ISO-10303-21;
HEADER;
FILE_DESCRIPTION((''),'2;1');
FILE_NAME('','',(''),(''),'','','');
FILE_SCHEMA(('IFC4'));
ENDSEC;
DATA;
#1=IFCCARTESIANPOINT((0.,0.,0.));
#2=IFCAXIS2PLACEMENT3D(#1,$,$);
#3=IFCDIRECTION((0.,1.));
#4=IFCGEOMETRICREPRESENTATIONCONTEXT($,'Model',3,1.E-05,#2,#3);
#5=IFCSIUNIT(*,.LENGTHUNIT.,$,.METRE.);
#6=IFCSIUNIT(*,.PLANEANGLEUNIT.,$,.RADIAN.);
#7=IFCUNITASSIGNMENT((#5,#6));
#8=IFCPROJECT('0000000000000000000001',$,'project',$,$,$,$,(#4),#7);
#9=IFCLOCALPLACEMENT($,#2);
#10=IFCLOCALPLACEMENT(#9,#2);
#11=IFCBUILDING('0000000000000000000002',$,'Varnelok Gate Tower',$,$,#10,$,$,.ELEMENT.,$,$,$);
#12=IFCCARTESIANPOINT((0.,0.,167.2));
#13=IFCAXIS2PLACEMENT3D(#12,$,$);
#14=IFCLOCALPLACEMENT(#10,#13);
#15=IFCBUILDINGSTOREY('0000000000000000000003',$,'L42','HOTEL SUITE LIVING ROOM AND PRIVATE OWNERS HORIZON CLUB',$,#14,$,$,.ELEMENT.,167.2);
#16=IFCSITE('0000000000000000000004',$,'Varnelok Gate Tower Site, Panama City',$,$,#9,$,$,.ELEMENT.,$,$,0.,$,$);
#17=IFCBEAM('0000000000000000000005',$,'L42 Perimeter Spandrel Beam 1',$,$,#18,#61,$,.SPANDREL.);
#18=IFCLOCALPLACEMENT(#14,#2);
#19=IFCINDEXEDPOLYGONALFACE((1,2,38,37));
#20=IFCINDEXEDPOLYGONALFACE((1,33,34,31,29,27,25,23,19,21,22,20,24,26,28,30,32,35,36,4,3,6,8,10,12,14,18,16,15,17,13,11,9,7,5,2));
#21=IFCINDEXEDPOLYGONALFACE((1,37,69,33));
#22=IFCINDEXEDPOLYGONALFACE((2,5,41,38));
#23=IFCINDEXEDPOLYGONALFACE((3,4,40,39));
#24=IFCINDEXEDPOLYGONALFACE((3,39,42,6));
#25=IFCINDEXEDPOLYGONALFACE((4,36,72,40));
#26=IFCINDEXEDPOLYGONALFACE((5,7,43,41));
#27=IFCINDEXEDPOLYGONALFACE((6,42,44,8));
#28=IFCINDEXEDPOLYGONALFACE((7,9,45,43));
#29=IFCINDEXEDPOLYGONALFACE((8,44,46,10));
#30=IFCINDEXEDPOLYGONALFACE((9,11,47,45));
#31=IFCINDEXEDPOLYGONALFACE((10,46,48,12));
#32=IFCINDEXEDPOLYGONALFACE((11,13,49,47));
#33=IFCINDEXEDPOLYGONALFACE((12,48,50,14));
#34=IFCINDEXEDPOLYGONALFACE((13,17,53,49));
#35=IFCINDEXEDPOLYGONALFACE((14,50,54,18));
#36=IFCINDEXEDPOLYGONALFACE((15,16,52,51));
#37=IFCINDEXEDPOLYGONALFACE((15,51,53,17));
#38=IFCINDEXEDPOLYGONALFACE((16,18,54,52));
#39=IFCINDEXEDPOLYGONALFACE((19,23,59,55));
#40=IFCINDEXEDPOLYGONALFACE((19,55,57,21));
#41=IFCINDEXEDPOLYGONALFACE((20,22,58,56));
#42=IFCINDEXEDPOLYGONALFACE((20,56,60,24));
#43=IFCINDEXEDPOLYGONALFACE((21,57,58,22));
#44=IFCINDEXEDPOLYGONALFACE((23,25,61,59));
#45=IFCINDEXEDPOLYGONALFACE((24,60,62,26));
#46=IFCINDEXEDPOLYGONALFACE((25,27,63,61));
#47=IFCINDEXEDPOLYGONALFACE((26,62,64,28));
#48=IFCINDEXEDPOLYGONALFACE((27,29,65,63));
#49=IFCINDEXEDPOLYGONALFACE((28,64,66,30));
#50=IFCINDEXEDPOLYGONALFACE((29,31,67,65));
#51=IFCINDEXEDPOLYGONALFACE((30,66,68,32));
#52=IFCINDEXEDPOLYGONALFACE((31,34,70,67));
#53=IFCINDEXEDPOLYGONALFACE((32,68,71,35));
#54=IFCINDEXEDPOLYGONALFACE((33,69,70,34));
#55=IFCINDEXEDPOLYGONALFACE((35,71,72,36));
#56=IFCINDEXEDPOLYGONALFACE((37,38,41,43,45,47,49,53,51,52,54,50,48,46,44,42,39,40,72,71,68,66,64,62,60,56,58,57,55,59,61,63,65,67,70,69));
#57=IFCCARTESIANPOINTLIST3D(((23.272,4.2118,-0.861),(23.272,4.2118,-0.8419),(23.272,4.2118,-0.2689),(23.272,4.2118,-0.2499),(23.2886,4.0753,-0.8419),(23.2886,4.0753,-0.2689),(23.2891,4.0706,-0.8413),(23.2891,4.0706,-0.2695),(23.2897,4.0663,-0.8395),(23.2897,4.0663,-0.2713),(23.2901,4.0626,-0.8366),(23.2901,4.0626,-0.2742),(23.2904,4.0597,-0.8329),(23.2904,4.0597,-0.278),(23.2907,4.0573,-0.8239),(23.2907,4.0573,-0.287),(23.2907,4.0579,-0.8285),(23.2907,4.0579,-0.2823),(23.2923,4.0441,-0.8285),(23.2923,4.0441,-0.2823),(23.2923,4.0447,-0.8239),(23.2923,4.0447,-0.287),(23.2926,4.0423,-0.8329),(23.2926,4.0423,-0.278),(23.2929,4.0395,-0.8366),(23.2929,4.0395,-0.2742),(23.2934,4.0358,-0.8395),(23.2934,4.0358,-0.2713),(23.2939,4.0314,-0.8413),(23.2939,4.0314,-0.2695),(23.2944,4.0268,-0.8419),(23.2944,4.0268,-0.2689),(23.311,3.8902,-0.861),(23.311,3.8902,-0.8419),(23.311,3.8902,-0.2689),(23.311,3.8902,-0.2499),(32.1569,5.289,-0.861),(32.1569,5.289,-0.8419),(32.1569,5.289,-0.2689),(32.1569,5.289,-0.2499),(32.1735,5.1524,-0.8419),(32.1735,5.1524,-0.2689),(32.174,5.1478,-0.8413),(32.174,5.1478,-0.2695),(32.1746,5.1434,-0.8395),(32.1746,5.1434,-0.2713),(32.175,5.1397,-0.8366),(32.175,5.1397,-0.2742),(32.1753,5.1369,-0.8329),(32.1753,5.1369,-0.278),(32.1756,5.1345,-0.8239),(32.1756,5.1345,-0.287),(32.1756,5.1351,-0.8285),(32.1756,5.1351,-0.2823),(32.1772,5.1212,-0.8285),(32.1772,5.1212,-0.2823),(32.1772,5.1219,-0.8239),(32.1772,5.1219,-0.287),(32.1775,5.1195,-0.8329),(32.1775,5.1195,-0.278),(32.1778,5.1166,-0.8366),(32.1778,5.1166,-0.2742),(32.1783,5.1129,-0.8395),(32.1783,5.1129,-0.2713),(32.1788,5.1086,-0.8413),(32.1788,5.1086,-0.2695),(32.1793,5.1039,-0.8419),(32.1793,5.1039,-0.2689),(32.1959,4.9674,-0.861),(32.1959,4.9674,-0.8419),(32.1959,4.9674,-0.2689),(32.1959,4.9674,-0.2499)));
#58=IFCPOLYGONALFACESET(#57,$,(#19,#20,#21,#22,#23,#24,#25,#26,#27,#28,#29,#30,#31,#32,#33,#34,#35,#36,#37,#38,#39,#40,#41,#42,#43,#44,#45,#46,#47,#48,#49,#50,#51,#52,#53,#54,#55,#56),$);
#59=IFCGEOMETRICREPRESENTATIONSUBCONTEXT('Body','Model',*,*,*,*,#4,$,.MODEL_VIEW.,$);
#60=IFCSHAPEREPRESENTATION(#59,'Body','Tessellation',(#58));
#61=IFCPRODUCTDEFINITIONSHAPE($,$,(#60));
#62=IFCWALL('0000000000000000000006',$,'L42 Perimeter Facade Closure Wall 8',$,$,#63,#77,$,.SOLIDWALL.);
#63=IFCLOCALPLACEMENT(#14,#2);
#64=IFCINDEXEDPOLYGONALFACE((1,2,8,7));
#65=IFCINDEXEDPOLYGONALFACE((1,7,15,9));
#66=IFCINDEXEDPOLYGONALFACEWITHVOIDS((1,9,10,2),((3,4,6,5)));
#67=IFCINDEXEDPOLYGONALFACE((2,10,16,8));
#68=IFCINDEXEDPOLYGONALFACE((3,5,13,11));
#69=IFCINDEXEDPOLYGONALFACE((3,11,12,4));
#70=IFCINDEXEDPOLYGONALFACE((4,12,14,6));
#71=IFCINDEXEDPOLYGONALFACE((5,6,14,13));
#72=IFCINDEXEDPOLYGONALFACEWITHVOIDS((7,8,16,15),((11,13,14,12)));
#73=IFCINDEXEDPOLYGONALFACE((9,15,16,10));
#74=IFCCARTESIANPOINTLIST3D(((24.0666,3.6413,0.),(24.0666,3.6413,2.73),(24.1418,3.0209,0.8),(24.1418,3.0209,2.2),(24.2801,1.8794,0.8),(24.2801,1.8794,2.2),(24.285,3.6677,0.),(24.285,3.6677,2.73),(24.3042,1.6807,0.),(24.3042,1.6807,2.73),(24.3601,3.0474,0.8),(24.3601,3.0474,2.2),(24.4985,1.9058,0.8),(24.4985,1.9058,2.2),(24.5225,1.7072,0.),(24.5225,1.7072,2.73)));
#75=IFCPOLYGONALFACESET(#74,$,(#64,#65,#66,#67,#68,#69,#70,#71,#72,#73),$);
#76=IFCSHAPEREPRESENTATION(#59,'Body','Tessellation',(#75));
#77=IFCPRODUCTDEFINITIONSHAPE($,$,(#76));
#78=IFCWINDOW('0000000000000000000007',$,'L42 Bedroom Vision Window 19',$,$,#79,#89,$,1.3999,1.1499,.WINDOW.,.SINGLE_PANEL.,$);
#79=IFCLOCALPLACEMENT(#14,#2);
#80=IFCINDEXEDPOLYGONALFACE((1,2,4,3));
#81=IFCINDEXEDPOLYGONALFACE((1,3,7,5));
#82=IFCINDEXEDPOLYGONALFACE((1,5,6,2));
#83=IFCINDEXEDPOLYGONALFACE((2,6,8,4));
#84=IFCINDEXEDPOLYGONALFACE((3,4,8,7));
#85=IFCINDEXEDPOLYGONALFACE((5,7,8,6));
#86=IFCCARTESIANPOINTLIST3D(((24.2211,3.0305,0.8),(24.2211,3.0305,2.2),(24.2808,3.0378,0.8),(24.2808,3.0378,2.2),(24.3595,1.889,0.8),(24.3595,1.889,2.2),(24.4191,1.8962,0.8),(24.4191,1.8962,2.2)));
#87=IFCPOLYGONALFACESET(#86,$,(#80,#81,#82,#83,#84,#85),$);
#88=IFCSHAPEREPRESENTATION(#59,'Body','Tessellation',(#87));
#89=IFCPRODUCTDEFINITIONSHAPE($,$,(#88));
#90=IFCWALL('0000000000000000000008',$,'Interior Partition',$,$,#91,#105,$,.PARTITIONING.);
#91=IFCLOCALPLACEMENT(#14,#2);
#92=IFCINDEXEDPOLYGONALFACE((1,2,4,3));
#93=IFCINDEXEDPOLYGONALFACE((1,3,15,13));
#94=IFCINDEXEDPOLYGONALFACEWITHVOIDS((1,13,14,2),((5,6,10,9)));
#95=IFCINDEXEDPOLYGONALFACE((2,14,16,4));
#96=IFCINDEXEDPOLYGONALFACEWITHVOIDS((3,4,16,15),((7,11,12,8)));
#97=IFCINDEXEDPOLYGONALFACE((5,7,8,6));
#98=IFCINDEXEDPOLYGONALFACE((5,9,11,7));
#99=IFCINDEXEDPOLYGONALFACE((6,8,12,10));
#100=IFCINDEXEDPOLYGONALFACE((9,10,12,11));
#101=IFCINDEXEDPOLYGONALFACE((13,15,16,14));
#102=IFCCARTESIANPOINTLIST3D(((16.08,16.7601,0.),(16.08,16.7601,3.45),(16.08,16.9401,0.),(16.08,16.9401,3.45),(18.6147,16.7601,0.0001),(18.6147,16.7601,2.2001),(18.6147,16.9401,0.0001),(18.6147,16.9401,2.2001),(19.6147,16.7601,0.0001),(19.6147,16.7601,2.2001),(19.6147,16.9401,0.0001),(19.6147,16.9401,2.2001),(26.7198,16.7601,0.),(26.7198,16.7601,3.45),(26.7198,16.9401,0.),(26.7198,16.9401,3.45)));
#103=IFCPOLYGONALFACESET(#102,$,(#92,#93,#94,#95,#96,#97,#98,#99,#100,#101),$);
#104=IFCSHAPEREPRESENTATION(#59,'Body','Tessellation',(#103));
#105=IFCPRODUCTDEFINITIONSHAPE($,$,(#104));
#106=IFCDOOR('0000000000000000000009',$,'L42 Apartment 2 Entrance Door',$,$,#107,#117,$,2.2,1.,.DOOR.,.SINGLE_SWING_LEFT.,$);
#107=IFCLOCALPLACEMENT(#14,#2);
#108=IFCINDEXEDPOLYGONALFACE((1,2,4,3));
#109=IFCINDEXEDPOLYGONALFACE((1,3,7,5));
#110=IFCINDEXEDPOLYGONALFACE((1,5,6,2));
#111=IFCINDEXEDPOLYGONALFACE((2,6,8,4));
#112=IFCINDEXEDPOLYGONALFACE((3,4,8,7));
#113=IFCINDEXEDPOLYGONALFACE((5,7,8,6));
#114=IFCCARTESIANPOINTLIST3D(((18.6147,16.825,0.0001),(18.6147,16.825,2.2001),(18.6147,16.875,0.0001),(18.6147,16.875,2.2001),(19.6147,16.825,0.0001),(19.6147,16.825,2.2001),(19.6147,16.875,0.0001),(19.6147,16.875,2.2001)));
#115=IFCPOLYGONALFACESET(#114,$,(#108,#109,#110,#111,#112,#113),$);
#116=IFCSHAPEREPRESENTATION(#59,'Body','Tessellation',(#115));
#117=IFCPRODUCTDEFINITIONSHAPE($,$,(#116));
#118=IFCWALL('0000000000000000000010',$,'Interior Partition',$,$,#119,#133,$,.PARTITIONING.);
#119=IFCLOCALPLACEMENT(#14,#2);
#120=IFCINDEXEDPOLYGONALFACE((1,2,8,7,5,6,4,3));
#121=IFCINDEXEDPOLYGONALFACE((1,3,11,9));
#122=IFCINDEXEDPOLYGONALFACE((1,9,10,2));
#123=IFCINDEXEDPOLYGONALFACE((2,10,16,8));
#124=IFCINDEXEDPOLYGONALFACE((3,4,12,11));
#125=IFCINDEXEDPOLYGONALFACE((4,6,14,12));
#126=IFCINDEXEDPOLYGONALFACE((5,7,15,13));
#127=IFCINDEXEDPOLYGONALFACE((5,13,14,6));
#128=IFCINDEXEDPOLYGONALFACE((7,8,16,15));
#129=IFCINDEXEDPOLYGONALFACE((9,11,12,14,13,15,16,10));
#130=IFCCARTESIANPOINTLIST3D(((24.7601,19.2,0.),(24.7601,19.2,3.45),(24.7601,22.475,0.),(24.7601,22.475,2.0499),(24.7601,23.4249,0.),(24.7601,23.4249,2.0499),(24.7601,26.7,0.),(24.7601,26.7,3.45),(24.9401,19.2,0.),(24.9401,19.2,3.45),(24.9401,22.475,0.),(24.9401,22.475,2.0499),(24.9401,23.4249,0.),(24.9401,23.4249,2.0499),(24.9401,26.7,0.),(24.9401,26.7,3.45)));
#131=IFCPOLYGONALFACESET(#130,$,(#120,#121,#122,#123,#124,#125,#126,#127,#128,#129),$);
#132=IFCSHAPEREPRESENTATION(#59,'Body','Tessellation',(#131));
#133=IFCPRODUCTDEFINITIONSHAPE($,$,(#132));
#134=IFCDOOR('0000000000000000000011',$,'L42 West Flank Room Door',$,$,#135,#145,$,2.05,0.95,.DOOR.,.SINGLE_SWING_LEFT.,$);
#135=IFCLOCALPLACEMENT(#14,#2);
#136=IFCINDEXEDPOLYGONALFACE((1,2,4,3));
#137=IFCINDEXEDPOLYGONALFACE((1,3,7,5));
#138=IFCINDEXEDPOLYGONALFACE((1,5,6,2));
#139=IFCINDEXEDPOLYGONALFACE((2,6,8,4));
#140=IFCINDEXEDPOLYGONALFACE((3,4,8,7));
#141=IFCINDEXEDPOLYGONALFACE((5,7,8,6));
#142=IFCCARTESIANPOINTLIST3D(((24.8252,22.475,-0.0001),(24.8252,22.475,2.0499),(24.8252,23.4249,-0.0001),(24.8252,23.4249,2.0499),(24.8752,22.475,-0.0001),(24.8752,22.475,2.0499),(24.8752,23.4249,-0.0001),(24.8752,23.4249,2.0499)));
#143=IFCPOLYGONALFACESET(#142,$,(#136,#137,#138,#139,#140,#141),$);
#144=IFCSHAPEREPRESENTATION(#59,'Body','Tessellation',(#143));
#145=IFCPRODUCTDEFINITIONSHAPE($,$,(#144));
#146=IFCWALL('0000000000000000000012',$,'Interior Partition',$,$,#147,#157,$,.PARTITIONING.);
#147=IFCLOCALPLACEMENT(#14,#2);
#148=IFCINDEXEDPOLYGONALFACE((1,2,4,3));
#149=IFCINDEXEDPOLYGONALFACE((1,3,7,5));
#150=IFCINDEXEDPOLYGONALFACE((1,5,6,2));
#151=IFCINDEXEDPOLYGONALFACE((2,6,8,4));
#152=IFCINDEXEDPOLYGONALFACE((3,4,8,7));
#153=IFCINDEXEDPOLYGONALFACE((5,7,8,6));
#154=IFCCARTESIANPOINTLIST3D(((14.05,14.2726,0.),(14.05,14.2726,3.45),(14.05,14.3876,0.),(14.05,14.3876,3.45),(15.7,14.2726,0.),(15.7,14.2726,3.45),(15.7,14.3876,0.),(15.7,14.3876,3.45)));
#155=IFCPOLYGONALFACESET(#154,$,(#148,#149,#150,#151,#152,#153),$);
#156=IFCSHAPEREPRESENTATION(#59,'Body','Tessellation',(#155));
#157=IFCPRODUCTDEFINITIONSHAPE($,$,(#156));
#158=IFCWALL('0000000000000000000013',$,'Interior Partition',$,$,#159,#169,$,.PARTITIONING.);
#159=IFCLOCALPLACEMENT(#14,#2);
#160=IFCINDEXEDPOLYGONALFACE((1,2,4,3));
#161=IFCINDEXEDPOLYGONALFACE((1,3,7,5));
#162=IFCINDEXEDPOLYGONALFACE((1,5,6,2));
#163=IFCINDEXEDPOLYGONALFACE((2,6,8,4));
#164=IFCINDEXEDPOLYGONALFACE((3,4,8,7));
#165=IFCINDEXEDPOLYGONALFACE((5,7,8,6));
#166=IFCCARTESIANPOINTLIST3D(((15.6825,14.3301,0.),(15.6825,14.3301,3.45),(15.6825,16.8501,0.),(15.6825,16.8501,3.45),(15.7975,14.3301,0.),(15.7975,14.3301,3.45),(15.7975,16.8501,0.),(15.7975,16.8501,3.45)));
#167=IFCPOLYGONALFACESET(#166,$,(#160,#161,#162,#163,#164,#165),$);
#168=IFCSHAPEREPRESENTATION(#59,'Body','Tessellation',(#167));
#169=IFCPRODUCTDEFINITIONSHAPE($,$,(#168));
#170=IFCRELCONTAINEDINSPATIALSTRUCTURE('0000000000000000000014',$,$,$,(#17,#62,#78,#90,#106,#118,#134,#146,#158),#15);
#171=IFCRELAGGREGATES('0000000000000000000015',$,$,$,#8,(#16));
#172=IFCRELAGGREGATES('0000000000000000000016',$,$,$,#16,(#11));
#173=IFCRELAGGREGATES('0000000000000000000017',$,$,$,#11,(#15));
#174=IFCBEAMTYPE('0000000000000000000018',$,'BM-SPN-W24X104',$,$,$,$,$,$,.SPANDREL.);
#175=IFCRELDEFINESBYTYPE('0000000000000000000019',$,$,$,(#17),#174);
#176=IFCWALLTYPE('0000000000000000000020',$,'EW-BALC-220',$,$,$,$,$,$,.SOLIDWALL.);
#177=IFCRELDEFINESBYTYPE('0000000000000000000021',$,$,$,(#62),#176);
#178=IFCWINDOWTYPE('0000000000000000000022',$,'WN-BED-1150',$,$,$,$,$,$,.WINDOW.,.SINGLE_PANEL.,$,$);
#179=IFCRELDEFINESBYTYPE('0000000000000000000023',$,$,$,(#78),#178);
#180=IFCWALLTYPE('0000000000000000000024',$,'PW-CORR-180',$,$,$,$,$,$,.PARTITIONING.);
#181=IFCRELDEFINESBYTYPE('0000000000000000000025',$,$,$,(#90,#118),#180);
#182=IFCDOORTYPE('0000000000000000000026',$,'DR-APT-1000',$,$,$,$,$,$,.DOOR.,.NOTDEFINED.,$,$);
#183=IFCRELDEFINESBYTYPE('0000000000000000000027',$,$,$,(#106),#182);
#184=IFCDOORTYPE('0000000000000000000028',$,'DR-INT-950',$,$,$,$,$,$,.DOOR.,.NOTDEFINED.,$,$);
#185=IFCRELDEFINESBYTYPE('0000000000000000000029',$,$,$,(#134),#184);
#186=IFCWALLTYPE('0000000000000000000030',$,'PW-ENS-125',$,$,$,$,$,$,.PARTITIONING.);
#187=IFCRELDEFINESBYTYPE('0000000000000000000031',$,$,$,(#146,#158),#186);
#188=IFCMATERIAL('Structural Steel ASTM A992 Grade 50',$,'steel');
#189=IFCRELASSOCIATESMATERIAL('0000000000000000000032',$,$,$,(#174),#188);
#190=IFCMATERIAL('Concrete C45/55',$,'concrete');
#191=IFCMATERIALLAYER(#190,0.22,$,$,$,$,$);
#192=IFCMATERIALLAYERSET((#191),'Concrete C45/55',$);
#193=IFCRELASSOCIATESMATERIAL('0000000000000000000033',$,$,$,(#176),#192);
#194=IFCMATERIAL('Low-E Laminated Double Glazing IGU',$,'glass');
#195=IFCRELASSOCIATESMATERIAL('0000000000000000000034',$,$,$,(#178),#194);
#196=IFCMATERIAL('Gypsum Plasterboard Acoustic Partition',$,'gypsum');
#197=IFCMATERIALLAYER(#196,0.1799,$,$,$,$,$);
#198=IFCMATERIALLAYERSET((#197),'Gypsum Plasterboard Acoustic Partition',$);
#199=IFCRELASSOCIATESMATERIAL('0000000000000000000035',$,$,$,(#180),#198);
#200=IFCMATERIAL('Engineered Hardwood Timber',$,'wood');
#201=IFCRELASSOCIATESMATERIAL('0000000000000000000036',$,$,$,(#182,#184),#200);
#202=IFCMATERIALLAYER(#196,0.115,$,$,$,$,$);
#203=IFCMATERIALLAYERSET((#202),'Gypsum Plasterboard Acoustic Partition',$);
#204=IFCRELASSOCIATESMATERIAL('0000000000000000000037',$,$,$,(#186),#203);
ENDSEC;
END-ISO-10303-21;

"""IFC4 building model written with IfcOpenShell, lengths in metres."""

from ifc_helpers import new_model, si_unit, direction, frame, frame_2d, origin, origin_2d, place, context, subcontext, project, spatial, rectangle, i_section, extrude, material, layer, layer_set, material_profile, profile_set, type_object, element, fill, save


model = new_model("IFC4")

# Units and contexts
model_context = context("Model", 3, precision=1e-05, world=origin(), true_north=direction((0.0, 1.0)))
body_context = subcontext(model_context, "Body", "Model", "MODEL_VIEW")
ifc_project = project(units=[si_unit("LENGTHUNIT", "METRE"), si_unit("PLANEANGLEUNIT", "RADIAN")], contexts=[model_context])

# Site, building, storey
site_placement = place(None, origin())
site = spatial("IfcSite", under=ifc_project, at=site_placement, Name="Varnelok Gate Tower Site, Panama City", CompositionType="ELEMENT", RefElevation=0.0)
building_placement = place(site_placement, origin())
building = spatial("IfcBuilding", under=site, at=building_placement, Name="Varnelok Gate Tower", CompositionType="ELEMENT")
storey_placement = place(building_placement, frame((0.0, 0.0, 167.2)))
storey = spatial("IfcBuildingStorey", under=building, at=storey_placement, Name="L42", Description="HOTEL SUITE LIVING ROOM AND PRIVATE OWNERS HORIZON CLUB", CompositionType="ELEMENT", Elevation=167.2)

# Shared definitions
ifc_material_1 = material(Name="Structural Steel ASTM A992 Grade 50", Category="steel")

# Beam
ifc_material_profile_1 = material_profile(ifc_material_1, i_section(OverallWidth=0.324, OverallDepth=0.6111, WebThickness=0.0127, FlangeThickness=0.019, FilletRadius=0.0181, at=origin_2d()), Name="W24X104")
ifc_profile_set_1 = profile_set([ifc_material_profile_1], Name="Structural Steel ASTM A992 Grade 50")
beam_type_1 = type_object("IfcBeamType", Name="BM-SPN-W24X104", PredefinedType="SPANDREL", material=ifc_profile_set_1)
beam_1_placement = place(storey_placement, frame((23.2915, 4.051, -0.5554), z_axis=(0.992731, 0.120351, 0.0), x_axis=(-0.120351, 0.992731, 0.0)))
element("IfcBeam", 1, at=beam_1_placement, inside=storey, type_object=beam_type_1, Name="L42 Perimeter Spandrel Beam 1", PredefinedType="SPANDREL", context=body_context, shape_type="SweptSolid", body=[
    extrude(i_section(OverallWidth=0.324, OverallDepth=0.6111, WebThickness=0.0127, FlangeThickness=0.019, FilletRadius=0.0181, at=origin_2d()), origin(), (0.0, 0.0, 1.0), 8.95),
])

# Wall, opening, window
ifc_material_2 = material(Name="Concrete C45/55", Category="concrete")
ifc_layer_1 = layer(ifc_material_2, 0.22)
ifc_layer_set_1 = layer_set([ifc_layer_1], Name="Concrete C45/55")
wall_type_1 = type_object("IfcWallType", Name="EW-BALC-220", PredefinedType="SOLIDWALL", material=ifc_layer_set_1)
wall_1_placement = place(storey_placement, frame((24.4133, 1.6941, 0.0), z_axis=(0.0, 0.0, 1.0), x_axis=(-0.120291, 0.992739, 0.0)))
wall_1 = element("IfcWall", 2, at=wall_1_placement, inside=storey, type_object=wall_type_1, Name="L42 Perimeter Facade Closure Wall 8", PredefinedType="SOLIDWALL", context=body_context, shape_type="SweptSolid", body=[
    extrude(rectangle(XDim=1.9749, YDim=0.22, at=frame_2d((0.9873, 0.0))), origin(), (0.0, 0.0, 1.0), 2.73),
])
opening_1_placement = place(wall_1_placement, frame((0.2, 0.0, 0.8)))
opening_1 = element("IfcOpeningElement", 3, at=opening_1_placement, cuts=wall_1, PredefinedType="OPENING", context=body_context, shape_type="SweptSolid", body=[
    extrude(rectangle(XDim=1.1499, YDim=1.3999, at=frame_2d((0.575, 0.7))), frame((0.0, 0.1199, 0.0), z_axis=(0.0, -1.0, 0.0), x_axis=(1.0, 0.0, 0.0)), (0.0, 0.0, 1.0), 0.24),
])
ifc_material_3 = material(Name="Low-E Laminated Double Glazing IGU", Category="glass")
window_type = type_object("IfcWindowType", Name="WN-BED-1150", PartitioningType="SINGLE_PANEL", PredefinedType="WINDOW", material=ifc_material_3)
window_placement = place(opening_1_placement, origin())
window = element("IfcWindow", 4, at=window_placement, inside=storey, type_object=window_type, Name="L42 Bedroom Vision Window 19", OverallHeight=1.3999, OverallWidth=1.1499, PartitioningType="SINGLE_PANEL", PredefinedType="WINDOW", context=body_context, shape_type="SweptSolid", body=[
    extrude(rectangle(XDim=1.1499, YDim=1.3999, at=frame_2d((0.575, 0.7))), frame((0.0, 0.03, 0.0), z_axis=(0.0, -1.0, 0.0), x_axis=(1.0, 0.0, 0.0)), (0.0, 0.0, 1.0), 0.0601),
])
fill(opening_1, window)

# Walls, openings, doors
ifc_material_4 = material(Name="Gypsum Plasterboard Acoustic Partition", Category="gypsum")
ifc_layer_2 = layer(ifc_material_4, 0.1799)
ifc_layer_set_2 = layer_set([ifc_layer_2], Name="Gypsum Plasterboard Acoustic Partition")
wall_type_2 = type_object("IfcWallType", Name="PW-CORR-180", PredefinedType="PARTITIONING", material=ifc_layer_set_2)
wall_2_placement = place(storey_placement, frame((16.0801, 16.8501, 0.0), z_axis=(0.0, 0.0, 1.0), x_axis=(1.0, 0.0, 0.0)))
wall_2 = element("IfcWall", 5, at=wall_2_placement, inside=storey, type_object=wall_type_2, Name="Interior Partition", PredefinedType="PARTITIONING", context=body_context, shape_type="SweptSolid", body=[
    extrude(rectangle(XDim=10.6399, YDim=0.1799, at=frame_2d((5.3198, 0.0))), origin(), (0.0, 0.0, 1.0), 3.45),
])
opening_2_placement = place(wall_2_placement, frame((2.5347, 0.0, 0.0)))
opening_2 = element("IfcOpeningElement", 6, at=opening_2_placement, cuts=wall_2, PredefinedType="OPENING", context=body_context, shape_type="SweptSolid", body=[
    extrude(rectangle(XDim=1.0, YDim=2.2, at=frame_2d((0.5, 1.1001))), frame((0.0, 0.0999, 0.0), z_axis=(0.0, -1.0, 0.0), x_axis=(1.0, 0.0, 0.0)), (0.0, 0.0, 1.0), 0.2),
])
ifc_material_5 = material(Name="Engineered Hardwood Timber", Category="wood")
door_type_1 = type_object("IfcDoorType", Name="DR-APT-1000", OperationType="NOTDEFINED", PredefinedType="DOOR", material=ifc_material_5)
door_1_placement = place(opening_2_placement, origin())
door_1 = element("IfcDoor", 7, at=door_1_placement, inside=storey, type_object=door_type_1, Name="L42 Apartment 2 Entrance Door", OperationType="SINGLE_SWING_LEFT", OverallHeight=2.2, OverallWidth=1.0, PredefinedType="DOOR", context=body_context, shape_type="SweptSolid", body=[
    extrude(rectangle(XDim=1.0, YDim=2.2, at=frame_2d((0.5, 1.1001))), frame((0.0, 0.0249, 0.0), z_axis=(0.0, -1.0, 0.0), x_axis=(1.0, 0.0, 0.0)), (0.0, 0.0, 1.0), 0.05),
])
fill(opening_2, door_1)
wall_3_placement = place(storey_placement, frame((24.8501, 19.2, 0.0), z_axis=(0.0, 0.0, 1.0), x_axis=(0.0, 1.0, 0.0)))
wall_3 = element("IfcWall", 8, at=wall_3_placement, inside=storey, type_object=wall_type_2, Name="Interior Partition", PredefinedType="PARTITIONING", context=body_context, shape_type="SweptSolid", body=[
    extrude(rectangle(XDim=7.5, YDim=0.1799, at=frame_2d((3.75, 0.0))), origin(), (0.0, 0.0, 1.0), 3.45),
])
opening_3_placement = place(wall_3_placement, frame((3.2749, 0.0, 0.0)))
opening_3 = element("IfcOpeningElement", 9, at=opening_3_placement, cuts=wall_3, PredefinedType="OPENING", context=body_context, shape_type="SweptSolid", body=[
    extrude(rectangle(XDim=0.95, YDim=2.05, at=frame_2d((0.4751, 1.0249))), frame((0.0, 0.0999, 0.0), z_axis=(0.0, -1.0, 0.0), x_axis=(1.0, 0.0, 0.0)), (0.0, 0.0, 1.0), 0.2),
])
door_type_2 = type_object("IfcDoorType", Name="DR-INT-950", OperationType="NOTDEFINED", PredefinedType="DOOR", material=ifc_material_5)
door_2_placement = place(opening_3_placement, origin())
door_2 = element("IfcDoor", 10, at=door_2_placement, inside=storey, type_object=door_type_2, Name="L42 West Flank Room Door", OperationType="SINGLE_SWING_LEFT", OverallHeight=2.05, OverallWidth=0.95, PredefinedType="DOOR", context=body_context, shape_type="SweptSolid", body=[
    extrude(rectangle(XDim=0.95, YDim=2.05, at=frame_2d((0.4751, 1.0249))), frame((0.0, 0.0249, 0.0), z_axis=(0.0, -1.0, 0.0), x_axis=(1.0, 0.0, 0.0)), (0.0, 0.0, 1.0), 0.05),
])
fill(opening_3, door_2)

# Walls
ifc_layer_3 = layer(ifc_material_4, 0.115)
ifc_layer_set_3 = layer_set([ifc_layer_3], Name="Gypsum Plasterboard Acoustic Partition")
wall_type_3 = type_object("IfcWallType", Name="PW-ENS-125", PredefinedType="PARTITIONING", material=ifc_layer_set_3)
wall_4_placement = place(storey_placement, frame((14.05, 14.3301, 0.0), z_axis=(0.0, 0.0, 1.0), x_axis=(1.0, 0.0, 0.0)))
element("IfcWall", 11, at=wall_4_placement, inside=storey, type_object=wall_type_3, Name="Interior Partition", PredefinedType="PARTITIONING", context=body_context, shape_type="SweptSolid", body=[
    extrude(rectangle(XDim=1.6499, YDim=0.115, at=frame_2d((0.825, 0.0))), origin(), (0.0, 0.0, 1.0), 3.45),
])
wall_5_placement = place(storey_placement, frame((15.74, 14.3301, 0.0), z_axis=(0.0, 0.0, 1.0), x_axis=(0.0, 1.0, 0.0)))
element("IfcWall", 12, at=wall_5_placement, inside=storey, type_object=wall_type_3, Name="Interior Partition", PredefinedType="PARTITIONING", context=body_context, shape_type="SweptSolid", body=[
    extrude(rectangle(XDim=2.52, YDim=0.115, at=frame_2d((1.26, 0.0))), origin(), (0.0, 0.0, 1.0), 3.45),
])

save(model, "model.ifc")
